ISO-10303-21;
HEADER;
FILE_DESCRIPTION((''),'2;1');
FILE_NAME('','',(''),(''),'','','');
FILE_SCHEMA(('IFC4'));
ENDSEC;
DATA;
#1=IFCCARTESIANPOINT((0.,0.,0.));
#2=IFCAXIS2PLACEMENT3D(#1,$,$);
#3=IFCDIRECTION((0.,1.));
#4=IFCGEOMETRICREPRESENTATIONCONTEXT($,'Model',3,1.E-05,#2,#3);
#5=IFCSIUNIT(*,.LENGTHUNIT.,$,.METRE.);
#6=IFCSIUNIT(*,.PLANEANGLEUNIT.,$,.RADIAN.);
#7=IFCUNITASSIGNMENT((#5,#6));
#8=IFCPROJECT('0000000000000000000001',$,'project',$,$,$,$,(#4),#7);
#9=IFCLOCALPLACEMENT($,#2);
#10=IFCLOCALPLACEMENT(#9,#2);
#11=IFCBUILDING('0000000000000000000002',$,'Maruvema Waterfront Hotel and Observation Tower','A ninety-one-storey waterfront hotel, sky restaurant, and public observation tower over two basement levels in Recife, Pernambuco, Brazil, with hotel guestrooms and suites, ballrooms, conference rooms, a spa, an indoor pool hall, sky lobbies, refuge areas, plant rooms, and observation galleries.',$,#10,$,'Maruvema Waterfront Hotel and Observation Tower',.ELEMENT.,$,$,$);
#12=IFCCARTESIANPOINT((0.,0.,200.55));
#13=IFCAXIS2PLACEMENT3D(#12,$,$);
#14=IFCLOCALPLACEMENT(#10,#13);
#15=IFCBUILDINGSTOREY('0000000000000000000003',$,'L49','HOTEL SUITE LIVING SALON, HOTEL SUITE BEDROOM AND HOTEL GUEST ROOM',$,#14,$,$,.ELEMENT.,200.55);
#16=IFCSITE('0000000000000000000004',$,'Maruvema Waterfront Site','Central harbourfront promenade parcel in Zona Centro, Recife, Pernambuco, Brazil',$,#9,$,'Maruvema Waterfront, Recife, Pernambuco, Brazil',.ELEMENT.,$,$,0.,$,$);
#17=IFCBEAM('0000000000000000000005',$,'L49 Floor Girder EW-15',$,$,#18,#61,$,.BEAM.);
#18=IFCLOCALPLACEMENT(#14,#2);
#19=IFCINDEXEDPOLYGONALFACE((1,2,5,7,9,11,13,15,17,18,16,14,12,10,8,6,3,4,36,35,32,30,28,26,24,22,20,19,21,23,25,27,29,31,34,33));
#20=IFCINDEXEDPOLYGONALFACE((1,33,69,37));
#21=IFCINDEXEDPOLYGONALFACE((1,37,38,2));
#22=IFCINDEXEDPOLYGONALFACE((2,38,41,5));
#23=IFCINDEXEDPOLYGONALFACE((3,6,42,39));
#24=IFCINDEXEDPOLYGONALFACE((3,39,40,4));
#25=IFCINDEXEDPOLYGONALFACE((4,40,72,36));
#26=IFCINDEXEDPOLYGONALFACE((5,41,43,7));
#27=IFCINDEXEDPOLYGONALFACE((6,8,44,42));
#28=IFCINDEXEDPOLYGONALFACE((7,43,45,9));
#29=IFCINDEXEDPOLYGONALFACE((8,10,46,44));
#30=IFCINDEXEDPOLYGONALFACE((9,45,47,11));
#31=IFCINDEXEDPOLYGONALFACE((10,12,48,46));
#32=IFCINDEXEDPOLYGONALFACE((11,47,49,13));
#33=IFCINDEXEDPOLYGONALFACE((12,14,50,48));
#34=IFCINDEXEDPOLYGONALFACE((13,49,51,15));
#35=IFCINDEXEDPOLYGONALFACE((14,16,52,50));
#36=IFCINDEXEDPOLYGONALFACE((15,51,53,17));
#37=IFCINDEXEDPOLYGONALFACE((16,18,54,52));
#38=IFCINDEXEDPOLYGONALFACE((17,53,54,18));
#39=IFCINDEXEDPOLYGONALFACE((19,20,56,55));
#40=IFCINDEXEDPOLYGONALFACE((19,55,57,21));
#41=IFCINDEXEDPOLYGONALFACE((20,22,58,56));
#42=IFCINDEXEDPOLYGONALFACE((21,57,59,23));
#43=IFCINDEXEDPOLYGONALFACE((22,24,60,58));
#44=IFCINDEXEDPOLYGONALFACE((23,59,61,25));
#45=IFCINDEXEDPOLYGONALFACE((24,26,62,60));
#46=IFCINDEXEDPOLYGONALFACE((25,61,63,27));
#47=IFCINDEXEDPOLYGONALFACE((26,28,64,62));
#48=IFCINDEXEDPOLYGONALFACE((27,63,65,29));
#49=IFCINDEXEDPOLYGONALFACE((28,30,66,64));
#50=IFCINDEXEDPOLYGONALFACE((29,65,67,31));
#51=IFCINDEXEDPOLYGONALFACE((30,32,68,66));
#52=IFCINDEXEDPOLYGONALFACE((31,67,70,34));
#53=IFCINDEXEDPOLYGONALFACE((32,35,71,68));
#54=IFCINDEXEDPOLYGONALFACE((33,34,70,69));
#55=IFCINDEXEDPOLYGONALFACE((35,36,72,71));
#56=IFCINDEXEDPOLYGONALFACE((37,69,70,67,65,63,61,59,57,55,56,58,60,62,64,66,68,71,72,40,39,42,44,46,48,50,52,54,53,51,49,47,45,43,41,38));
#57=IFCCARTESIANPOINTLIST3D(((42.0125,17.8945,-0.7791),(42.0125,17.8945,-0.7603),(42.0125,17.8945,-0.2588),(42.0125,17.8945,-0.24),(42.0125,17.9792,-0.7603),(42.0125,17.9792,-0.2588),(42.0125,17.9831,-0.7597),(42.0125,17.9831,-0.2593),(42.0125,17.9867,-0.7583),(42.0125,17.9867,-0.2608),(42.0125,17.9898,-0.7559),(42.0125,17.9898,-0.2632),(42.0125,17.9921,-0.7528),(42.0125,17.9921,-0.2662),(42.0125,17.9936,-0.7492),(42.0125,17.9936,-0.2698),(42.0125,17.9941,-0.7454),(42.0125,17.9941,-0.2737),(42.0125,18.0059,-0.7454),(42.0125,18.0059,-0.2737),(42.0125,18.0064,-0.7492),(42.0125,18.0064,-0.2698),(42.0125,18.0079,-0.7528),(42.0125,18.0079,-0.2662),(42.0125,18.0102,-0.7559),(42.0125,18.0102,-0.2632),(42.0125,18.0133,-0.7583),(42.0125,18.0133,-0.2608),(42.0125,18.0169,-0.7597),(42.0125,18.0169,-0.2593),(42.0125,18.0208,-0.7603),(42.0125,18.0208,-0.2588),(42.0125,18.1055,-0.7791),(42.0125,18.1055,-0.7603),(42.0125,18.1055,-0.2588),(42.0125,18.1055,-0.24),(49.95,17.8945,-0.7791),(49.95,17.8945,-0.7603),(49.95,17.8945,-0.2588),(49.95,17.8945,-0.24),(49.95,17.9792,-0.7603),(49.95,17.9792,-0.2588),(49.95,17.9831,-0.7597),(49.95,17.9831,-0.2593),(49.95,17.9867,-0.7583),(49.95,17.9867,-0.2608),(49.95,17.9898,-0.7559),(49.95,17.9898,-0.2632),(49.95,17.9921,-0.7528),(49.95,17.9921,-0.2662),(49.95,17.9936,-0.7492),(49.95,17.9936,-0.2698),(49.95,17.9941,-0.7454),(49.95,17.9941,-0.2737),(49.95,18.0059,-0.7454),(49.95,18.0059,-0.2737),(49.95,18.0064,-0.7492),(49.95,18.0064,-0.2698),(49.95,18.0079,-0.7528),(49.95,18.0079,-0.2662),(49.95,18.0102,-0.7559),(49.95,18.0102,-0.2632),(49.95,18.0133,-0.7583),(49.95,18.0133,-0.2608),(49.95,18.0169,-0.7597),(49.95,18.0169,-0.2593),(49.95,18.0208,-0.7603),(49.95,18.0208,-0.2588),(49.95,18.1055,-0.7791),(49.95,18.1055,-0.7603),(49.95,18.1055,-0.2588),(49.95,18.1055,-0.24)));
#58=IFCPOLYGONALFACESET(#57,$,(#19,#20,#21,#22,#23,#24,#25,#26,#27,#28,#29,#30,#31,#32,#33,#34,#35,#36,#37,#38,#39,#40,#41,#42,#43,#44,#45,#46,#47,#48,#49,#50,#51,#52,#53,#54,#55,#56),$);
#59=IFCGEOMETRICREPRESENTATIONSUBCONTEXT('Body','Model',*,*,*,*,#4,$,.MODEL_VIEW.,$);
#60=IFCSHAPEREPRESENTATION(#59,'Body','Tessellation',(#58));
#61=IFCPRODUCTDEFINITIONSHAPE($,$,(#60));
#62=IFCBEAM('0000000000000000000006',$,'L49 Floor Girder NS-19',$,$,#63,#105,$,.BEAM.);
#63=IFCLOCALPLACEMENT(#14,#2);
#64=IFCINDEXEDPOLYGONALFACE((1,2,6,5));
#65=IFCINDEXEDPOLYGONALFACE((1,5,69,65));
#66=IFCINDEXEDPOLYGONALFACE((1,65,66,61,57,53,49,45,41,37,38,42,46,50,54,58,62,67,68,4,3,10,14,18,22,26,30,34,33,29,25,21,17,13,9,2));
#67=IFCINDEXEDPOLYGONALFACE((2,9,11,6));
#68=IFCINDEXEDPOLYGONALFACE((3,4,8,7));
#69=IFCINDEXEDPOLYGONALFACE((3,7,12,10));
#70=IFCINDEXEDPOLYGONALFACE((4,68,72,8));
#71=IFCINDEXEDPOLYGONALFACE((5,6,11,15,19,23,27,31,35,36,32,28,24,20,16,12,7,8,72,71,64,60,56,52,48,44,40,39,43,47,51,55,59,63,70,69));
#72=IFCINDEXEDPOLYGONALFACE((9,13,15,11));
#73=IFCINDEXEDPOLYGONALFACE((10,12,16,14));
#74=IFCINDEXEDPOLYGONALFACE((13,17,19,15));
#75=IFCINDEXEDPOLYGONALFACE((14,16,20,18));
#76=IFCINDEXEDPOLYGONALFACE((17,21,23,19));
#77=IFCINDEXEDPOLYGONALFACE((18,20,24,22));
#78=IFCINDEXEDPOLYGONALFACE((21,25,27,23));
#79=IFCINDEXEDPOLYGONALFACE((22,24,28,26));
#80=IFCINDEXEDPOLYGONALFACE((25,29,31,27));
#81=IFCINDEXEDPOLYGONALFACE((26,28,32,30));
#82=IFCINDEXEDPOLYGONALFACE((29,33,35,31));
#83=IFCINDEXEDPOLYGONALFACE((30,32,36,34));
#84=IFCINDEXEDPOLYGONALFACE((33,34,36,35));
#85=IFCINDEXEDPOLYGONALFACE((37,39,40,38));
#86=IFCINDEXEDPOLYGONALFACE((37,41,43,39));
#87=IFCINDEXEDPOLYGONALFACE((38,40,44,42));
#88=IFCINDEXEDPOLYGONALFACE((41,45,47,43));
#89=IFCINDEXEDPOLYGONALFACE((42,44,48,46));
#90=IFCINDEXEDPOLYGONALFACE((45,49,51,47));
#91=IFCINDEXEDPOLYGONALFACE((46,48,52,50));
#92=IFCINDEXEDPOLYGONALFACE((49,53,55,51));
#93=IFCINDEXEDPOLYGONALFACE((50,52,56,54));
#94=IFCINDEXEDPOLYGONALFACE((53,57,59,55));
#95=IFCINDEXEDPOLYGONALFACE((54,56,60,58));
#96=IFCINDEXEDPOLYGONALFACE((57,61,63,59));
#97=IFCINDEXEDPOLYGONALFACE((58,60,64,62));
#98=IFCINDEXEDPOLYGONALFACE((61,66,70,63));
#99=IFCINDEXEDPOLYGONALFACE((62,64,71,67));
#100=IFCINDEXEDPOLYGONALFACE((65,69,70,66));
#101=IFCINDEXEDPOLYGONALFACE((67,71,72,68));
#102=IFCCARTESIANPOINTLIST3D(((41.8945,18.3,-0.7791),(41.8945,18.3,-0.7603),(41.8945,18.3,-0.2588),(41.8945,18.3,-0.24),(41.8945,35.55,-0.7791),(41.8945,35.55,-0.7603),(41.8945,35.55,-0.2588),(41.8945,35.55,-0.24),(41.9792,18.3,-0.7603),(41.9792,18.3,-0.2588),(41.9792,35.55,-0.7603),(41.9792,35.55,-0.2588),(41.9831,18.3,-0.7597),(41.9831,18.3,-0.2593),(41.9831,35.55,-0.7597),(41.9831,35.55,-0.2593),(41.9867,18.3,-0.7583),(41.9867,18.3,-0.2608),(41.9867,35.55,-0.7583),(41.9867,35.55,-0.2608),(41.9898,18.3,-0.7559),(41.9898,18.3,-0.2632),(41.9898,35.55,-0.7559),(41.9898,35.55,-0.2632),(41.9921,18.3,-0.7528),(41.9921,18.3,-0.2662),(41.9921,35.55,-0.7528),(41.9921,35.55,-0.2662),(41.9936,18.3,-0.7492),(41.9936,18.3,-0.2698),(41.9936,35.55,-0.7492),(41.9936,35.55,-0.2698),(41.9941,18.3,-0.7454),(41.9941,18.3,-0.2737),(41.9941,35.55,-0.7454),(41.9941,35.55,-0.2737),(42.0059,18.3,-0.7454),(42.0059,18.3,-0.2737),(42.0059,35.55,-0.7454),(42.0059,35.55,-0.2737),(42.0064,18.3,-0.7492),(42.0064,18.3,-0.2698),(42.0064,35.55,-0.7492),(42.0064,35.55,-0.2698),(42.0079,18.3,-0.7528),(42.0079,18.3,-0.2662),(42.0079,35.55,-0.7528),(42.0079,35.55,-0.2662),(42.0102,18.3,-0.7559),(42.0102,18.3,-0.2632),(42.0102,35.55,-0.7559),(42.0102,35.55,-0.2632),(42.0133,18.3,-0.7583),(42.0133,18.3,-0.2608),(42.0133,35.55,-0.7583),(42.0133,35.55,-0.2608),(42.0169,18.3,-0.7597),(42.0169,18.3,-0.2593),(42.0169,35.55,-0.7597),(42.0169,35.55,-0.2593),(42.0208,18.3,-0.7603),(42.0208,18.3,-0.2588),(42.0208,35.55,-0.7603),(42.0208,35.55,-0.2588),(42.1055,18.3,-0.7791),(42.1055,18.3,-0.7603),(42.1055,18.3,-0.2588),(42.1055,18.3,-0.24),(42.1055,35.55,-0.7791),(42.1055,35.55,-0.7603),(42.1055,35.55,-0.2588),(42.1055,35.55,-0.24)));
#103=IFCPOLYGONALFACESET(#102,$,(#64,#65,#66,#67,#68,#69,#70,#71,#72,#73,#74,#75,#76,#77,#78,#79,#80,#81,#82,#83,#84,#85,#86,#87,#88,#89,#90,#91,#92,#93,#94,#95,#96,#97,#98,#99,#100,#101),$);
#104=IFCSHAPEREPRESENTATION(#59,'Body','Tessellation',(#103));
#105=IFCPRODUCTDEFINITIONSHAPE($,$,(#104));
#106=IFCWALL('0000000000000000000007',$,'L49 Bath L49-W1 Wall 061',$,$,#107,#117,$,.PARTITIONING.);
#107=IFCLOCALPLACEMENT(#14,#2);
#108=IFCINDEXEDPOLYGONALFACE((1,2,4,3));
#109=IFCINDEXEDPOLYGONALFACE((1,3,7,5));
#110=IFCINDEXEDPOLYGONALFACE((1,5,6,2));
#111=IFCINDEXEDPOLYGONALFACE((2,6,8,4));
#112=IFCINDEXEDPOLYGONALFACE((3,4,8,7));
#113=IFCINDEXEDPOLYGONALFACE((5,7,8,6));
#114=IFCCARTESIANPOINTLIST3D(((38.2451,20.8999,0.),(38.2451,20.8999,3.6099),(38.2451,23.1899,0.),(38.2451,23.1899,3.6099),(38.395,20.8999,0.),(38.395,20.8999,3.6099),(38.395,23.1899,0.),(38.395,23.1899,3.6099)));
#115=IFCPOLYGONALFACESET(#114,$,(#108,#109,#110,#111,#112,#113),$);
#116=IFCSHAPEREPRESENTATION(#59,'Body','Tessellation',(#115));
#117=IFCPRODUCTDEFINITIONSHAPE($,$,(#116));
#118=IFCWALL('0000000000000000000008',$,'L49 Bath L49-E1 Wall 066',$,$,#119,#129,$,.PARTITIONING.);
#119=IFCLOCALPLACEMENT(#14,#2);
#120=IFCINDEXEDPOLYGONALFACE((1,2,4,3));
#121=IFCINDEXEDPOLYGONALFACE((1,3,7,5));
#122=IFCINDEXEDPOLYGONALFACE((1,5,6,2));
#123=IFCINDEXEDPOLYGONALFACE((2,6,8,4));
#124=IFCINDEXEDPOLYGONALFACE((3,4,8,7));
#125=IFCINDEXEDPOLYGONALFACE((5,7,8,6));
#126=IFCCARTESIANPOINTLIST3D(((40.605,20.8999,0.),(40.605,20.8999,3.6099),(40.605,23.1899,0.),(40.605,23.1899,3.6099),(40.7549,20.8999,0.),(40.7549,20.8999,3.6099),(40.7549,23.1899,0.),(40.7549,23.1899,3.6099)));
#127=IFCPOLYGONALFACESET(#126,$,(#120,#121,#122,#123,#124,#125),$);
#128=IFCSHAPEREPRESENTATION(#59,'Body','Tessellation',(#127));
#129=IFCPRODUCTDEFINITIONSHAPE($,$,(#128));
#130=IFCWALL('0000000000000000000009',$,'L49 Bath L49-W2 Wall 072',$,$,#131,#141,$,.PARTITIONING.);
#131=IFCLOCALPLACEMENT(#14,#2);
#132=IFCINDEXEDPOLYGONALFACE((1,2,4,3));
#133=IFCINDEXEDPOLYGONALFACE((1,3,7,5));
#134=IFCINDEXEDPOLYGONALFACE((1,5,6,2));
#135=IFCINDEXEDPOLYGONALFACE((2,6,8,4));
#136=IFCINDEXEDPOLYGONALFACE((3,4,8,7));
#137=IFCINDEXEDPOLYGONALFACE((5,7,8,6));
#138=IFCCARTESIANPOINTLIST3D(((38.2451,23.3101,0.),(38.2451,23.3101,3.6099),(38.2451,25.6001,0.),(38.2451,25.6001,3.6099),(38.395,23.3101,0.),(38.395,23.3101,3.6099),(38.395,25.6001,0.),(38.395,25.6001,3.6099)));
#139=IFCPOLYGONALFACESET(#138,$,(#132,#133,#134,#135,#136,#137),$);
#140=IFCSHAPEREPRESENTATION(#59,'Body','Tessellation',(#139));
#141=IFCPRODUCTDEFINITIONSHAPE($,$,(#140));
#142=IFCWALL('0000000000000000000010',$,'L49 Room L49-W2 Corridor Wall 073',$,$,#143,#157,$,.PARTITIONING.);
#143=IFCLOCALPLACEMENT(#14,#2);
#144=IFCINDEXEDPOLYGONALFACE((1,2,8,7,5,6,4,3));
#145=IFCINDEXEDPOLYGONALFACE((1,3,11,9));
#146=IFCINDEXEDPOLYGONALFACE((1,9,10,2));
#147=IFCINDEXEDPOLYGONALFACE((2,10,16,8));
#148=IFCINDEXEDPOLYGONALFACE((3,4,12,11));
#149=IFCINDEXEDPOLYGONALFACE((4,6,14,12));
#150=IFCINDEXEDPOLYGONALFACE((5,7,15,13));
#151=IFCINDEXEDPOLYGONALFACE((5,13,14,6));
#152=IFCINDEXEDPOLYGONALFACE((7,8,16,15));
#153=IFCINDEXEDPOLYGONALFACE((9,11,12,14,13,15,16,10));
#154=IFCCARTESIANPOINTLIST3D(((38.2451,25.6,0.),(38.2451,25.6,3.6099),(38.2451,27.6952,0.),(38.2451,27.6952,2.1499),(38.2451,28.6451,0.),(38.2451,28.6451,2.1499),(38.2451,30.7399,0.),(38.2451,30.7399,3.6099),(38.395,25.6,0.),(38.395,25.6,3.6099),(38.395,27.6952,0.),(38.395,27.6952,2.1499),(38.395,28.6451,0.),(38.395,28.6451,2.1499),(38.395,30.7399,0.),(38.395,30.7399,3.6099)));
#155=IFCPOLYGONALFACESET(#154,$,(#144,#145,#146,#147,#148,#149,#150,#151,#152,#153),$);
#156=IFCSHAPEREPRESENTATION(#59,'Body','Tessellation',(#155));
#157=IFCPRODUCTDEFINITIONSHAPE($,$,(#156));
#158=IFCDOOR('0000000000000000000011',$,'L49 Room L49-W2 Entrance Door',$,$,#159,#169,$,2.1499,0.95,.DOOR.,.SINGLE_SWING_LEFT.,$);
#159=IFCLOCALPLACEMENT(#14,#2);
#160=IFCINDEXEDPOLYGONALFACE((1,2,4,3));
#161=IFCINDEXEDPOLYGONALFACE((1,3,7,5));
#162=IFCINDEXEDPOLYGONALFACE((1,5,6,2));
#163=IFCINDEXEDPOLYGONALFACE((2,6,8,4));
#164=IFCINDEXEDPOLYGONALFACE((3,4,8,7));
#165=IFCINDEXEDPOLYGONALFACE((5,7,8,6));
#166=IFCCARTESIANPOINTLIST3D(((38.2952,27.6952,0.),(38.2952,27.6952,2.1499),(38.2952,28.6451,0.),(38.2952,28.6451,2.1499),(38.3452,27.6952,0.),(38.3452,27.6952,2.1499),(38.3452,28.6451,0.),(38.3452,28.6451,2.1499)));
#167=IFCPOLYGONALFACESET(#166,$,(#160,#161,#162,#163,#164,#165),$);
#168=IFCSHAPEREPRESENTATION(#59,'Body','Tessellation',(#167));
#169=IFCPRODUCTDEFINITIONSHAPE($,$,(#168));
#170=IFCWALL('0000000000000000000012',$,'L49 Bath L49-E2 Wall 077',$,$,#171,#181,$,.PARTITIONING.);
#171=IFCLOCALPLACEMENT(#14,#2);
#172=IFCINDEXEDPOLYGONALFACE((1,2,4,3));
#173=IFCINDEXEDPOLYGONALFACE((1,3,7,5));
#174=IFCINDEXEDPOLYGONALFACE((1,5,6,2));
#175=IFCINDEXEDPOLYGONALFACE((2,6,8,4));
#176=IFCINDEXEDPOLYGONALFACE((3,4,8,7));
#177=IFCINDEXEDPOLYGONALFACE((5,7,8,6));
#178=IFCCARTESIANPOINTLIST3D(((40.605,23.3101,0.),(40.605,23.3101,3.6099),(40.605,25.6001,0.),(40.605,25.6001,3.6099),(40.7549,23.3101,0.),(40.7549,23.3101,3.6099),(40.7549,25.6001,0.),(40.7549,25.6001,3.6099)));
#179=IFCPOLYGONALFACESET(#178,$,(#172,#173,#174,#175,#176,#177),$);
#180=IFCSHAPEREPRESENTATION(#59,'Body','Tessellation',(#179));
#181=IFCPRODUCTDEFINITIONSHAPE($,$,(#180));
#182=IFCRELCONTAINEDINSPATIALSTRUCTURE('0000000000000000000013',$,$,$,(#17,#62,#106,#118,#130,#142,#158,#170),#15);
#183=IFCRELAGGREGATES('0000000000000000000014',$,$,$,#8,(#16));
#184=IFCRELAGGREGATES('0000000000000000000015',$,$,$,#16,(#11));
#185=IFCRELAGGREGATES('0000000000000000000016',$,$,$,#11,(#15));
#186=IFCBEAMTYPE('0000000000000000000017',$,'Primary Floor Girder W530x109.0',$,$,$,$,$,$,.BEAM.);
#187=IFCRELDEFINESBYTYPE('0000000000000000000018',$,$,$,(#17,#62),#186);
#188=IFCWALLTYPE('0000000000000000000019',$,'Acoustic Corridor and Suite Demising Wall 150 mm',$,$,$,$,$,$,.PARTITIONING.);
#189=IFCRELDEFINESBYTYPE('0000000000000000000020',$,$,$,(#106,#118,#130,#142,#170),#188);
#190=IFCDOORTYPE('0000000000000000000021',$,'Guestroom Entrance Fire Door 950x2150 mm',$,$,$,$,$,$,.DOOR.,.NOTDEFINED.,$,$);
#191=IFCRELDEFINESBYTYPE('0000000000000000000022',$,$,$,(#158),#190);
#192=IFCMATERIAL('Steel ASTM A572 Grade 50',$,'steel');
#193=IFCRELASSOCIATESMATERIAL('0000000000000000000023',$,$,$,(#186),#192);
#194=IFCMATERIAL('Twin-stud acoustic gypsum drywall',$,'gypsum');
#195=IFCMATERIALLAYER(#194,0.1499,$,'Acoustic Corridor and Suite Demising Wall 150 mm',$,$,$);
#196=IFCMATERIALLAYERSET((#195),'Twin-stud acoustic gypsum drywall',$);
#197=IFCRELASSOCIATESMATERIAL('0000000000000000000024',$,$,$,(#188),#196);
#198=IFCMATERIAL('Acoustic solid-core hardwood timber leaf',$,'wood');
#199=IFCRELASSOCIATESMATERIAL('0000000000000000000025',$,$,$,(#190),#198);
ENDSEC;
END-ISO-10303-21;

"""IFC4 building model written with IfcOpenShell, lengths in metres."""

from ifc_helpers import new_model, si_unit, direction, frame, frame_2d, origin, origin_2d, place, context, subcontext, project, spatial, rectangle, i_section, extrude, material, layer, layer_set, material_profile, profile_set, type_object, element, fill, save


model = new_model("IFC4")

# Units and contexts
model_context = context("Model", 3, precision=1e-05, world=origin(), true_north=direction((0.0, 1.0)))
body_context = subcontext(model_context, "Body", "Model", "MODEL_VIEW")
ifc_project = project(units=[si_unit("LENGTHUNIT", "METRE"), si_unit("PLANEANGLEUNIT", "RADIAN")], contexts=[model_context])

# Site, building, storey
site_placement = place(None, origin())
site = spatial("IfcSite", under=ifc_project, at=site_placement, Name="Maruvema Waterfront Site", Description="Central harbourfront promenade parcel in Zona Centro, Recife, Pernambuco, Brazil", LongName="Maruvema Waterfront, Recife, Pernambuco, Brazil", CompositionType="ELEMENT", RefElevation=0.0)
building_placement = place(site_placement, origin())
building = spatial("IfcBuilding", under=site, at=building_placement, Name="Maruvema Waterfront Hotel and Observation Tower", Description="A ninety-one-storey waterfront hotel, sky restaurant, and public observation tower over two basement levels in Recife, Pernambuco, Brazil, with hotel guestrooms and suites, ballrooms, conference rooms, a spa, an indoor pool hall, sky lobbies, refuge areas, plant rooms, and observation galleries.", LongName="Maruvema Waterfront Hotel and Observation Tower", CompositionType="ELEMENT")
storey_placement = place(building_placement, frame((0.0, 0.0, 200.55)))
storey = spatial("IfcBuildingStorey", under=building, at=storey_placement, Name="L49", Description="HOTEL SUITE LIVING SALON, HOTEL SUITE BEDROOM AND HOTEL GUEST ROOM", CompositionType="ELEMENT", Elevation=200.55)

# Beams
ifc_material_1 = material(Name="Steel ASTM A572 Grade 50", Category="steel")
ifc_material_profile = material_profile(ifc_material_1, i_section(OverallWidth=0.2109, OverallDepth=0.5391, WebThickness=0.0117, FlangeThickness=0.0188, FilletRadius=0.0149, at=origin_2d()), Name="W530x109.0")
ifc_profile_set = profile_set([ifc_material_profile], Name="Steel ASTM A572 Grade 50")
beam_type = type_object("IfcBeamType", Name="Primary Floor Girder W530x109.0", PredefinedType="BEAM", material=ifc_profile_set)
beam_1_placement = place(storey_placement, frame((42.0125, 18.0, -0.5095), z_axis=(1.0, 0.0, 0.0), x_axis=(0.0, 1.0, 0.0)))
element("IfcBeam", 1, at=beam_1_placement, inside=storey, type_object=beam_type, Name="L49 Floor Girder EW-15", PredefinedType="BEAM", context=body_context, shape_type="SweptSolid", body=[
    extrude(i_section(OverallWidth=0.2109, OverallDepth=0.5391, WebThickness=0.0117, FlangeThickness=0.0188, FilletRadius=0.0149, at=origin_2d()), origin(), (0.0, 0.0, 1.0), 7.9375),
])
beam_2_placement = place(storey_placement, frame((42.0, 18.3, -0.5095), z_axis=(0.0, 1.0, 0.0), x_axis=(-1.0, 0.0, 0.0)))
element("IfcBeam", 2, at=beam_2_placement, inside=storey, type_object=beam_type, Name="L49 Floor Girder NS-19", PredefinedType="BEAM", context=body_context, shape_type="SweptSolid", body=[
    extrude(i_section(OverallWidth=0.2109, OverallDepth=0.5391, WebThickness=0.0117, FlangeThickness=0.0188, FilletRadius=0.0149, at=origin_2d()), origin(), (0.0, 0.0, 1.0), 17.25),
])

# Walls
ifc_material_2 = material(Name="Twin-stud acoustic gypsum drywall", Category="gypsum")
ifc_layer_1 = layer(ifc_material_2, 0.1499, Name="Acoustic Corridor and Suite Demising Wall 150 mm")
ifc_layer_set_1 = layer_set([ifc_layer_1], Name="Twin-stud acoustic gypsum drywall")
wall_type_1 = type_object("IfcWallType", Name="Acoustic Corridor and Suite Demising Wall 150 mm", PredefinedType="PARTITIONING", material=ifc_layer_set_1)
for number, where, z_axis, x_axis, name in (
    (3, (38.3201, 20.8999, 0.0), (0.0, 0.0, 1.0), (0.0, 1.0, 0.0), "L49 Bath L49-W1 Wall 061"),
    (4, (40.6799, 20.8999, 0.0), (0.0, 0.0, 1.0), (0.0, 1.0, 0.0), "L49 Bath L49-E1 Wall 066"),
    (5, (38.3201, 23.3101, 0.0), (0.0, 0.0, 1.0), (0.0, 1.0, 0.0), "L49 Bath L49-W2 Wall 072"),
):
    element("IfcWall", number, at=place(storey_placement, frame(where, z_axis=z_axis, x_axis=x_axis)), inside=storey, type_object=wall_type_1, Name=name, PredefinedType="PARTITIONING", context=body_context, shape_type="SweptSolid", body=[
        extrude(rectangle(XDim=2.29, YDim=0.1499, at=frame_2d((1.145, 0.0))), origin(), (0.0, 0.0, 1.0), 3.6099),
    ])

# Wall, opening, door
wall_1_placement = place(storey_placement, frame((38.3201, 25.6001, 0.0), z_axis=(0.0, 0.0, 1.0), x_axis=(0.0, 1.0, 0.0)))
wall_1 = element("IfcWall", 6, at=wall_1_placement, inside=storey, type_object=wall_type_1, Name="L49 Room L49-W2 Corridor Wall 073", PredefinedType="PARTITIONING", context=body_context, shape_type="SweptSolid", body=[
    extrude(rectangle(XDim=5.1399, YDim=0.1499, at=frame_2d((2.5698, 0.0))), origin(), (0.0, 0.0, 1.0), 3.6099),
])
opening_1_placement = place(wall_1_placement, frame((2.095, 0.0, 0.0)))
opening_1 = element("IfcOpeningElement", 7, at=opening_1_placement, cuts=wall_1, PredefinedType="OPENING", context=body_context, shape_type="SweptSolid", body=[
    extrude(rectangle(XDim=0.95, YDim=2.1499, at=frame_2d((0.4751, 1.075))), frame((0.0, 0.085, 0.0), z_axis=(0.0, -1.0, 0.0), x_axis=(1.0, 0.0, 0.0)), (0.0, 0.0, 1.0), 0.1699),
])
ifc_material_3 = material(Name="Acoustic solid-core hardwood timber leaf", Category="wood")
door_type_1 = type_object("IfcDoorType", Name="Guestroom Entrance Fire Door 950x2150 mm", OperationType="NOTDEFINED", PredefinedType="DOOR", material=ifc_material_3)
door_1_placement = place(opening_1_placement, origin())
door_1 = element("IfcDoor", 8, at=door_1_placement, inside=storey, type_object=door_type_1, Name="L49 Room L49-W2 Entrance Door", OperationType="SINGLE_SWING_LEFT", OverallHeight=2.1499, OverallWidth=0.95, PredefinedType="DOOR", context=body_context, shape_type="SweptSolid", body=[
    extrude(rectangle(XDim=0.95, YDim=2.1499, at=frame_2d((0.4751, 1.075))), frame((0.0, 0.0249, 0.0), z_axis=(0.0, -1.0, 0.0), x_axis=(1.0, 0.0, 0.0)), (0.0, 0.0, 1.0), 0.05),
])
fill(opening_1, door_1)

# Wall
wall_2_placement = place(storey_placement, frame((40.6799, 23.3101, 0.0), z_axis=(0.0, 0.0, 1.0), x_axis=(0.0, 1.0, 0.0)))
element("IfcWall", 9, at=wall_2_placement, inside=storey, type_object=wall_type_1, Name="L49 Bath L49-E2 Wall 077", PredefinedType="PARTITIONING", context=body_context, shape_type="SweptSolid", body=[
    extrude(rectangle(XDim=2.29, YDim=0.1499, at=frame_2d((1.145, 0.0))), origin(), (0.0, 0.0, 1.0), 3.6099),
])

save(model, "model.ifc")
